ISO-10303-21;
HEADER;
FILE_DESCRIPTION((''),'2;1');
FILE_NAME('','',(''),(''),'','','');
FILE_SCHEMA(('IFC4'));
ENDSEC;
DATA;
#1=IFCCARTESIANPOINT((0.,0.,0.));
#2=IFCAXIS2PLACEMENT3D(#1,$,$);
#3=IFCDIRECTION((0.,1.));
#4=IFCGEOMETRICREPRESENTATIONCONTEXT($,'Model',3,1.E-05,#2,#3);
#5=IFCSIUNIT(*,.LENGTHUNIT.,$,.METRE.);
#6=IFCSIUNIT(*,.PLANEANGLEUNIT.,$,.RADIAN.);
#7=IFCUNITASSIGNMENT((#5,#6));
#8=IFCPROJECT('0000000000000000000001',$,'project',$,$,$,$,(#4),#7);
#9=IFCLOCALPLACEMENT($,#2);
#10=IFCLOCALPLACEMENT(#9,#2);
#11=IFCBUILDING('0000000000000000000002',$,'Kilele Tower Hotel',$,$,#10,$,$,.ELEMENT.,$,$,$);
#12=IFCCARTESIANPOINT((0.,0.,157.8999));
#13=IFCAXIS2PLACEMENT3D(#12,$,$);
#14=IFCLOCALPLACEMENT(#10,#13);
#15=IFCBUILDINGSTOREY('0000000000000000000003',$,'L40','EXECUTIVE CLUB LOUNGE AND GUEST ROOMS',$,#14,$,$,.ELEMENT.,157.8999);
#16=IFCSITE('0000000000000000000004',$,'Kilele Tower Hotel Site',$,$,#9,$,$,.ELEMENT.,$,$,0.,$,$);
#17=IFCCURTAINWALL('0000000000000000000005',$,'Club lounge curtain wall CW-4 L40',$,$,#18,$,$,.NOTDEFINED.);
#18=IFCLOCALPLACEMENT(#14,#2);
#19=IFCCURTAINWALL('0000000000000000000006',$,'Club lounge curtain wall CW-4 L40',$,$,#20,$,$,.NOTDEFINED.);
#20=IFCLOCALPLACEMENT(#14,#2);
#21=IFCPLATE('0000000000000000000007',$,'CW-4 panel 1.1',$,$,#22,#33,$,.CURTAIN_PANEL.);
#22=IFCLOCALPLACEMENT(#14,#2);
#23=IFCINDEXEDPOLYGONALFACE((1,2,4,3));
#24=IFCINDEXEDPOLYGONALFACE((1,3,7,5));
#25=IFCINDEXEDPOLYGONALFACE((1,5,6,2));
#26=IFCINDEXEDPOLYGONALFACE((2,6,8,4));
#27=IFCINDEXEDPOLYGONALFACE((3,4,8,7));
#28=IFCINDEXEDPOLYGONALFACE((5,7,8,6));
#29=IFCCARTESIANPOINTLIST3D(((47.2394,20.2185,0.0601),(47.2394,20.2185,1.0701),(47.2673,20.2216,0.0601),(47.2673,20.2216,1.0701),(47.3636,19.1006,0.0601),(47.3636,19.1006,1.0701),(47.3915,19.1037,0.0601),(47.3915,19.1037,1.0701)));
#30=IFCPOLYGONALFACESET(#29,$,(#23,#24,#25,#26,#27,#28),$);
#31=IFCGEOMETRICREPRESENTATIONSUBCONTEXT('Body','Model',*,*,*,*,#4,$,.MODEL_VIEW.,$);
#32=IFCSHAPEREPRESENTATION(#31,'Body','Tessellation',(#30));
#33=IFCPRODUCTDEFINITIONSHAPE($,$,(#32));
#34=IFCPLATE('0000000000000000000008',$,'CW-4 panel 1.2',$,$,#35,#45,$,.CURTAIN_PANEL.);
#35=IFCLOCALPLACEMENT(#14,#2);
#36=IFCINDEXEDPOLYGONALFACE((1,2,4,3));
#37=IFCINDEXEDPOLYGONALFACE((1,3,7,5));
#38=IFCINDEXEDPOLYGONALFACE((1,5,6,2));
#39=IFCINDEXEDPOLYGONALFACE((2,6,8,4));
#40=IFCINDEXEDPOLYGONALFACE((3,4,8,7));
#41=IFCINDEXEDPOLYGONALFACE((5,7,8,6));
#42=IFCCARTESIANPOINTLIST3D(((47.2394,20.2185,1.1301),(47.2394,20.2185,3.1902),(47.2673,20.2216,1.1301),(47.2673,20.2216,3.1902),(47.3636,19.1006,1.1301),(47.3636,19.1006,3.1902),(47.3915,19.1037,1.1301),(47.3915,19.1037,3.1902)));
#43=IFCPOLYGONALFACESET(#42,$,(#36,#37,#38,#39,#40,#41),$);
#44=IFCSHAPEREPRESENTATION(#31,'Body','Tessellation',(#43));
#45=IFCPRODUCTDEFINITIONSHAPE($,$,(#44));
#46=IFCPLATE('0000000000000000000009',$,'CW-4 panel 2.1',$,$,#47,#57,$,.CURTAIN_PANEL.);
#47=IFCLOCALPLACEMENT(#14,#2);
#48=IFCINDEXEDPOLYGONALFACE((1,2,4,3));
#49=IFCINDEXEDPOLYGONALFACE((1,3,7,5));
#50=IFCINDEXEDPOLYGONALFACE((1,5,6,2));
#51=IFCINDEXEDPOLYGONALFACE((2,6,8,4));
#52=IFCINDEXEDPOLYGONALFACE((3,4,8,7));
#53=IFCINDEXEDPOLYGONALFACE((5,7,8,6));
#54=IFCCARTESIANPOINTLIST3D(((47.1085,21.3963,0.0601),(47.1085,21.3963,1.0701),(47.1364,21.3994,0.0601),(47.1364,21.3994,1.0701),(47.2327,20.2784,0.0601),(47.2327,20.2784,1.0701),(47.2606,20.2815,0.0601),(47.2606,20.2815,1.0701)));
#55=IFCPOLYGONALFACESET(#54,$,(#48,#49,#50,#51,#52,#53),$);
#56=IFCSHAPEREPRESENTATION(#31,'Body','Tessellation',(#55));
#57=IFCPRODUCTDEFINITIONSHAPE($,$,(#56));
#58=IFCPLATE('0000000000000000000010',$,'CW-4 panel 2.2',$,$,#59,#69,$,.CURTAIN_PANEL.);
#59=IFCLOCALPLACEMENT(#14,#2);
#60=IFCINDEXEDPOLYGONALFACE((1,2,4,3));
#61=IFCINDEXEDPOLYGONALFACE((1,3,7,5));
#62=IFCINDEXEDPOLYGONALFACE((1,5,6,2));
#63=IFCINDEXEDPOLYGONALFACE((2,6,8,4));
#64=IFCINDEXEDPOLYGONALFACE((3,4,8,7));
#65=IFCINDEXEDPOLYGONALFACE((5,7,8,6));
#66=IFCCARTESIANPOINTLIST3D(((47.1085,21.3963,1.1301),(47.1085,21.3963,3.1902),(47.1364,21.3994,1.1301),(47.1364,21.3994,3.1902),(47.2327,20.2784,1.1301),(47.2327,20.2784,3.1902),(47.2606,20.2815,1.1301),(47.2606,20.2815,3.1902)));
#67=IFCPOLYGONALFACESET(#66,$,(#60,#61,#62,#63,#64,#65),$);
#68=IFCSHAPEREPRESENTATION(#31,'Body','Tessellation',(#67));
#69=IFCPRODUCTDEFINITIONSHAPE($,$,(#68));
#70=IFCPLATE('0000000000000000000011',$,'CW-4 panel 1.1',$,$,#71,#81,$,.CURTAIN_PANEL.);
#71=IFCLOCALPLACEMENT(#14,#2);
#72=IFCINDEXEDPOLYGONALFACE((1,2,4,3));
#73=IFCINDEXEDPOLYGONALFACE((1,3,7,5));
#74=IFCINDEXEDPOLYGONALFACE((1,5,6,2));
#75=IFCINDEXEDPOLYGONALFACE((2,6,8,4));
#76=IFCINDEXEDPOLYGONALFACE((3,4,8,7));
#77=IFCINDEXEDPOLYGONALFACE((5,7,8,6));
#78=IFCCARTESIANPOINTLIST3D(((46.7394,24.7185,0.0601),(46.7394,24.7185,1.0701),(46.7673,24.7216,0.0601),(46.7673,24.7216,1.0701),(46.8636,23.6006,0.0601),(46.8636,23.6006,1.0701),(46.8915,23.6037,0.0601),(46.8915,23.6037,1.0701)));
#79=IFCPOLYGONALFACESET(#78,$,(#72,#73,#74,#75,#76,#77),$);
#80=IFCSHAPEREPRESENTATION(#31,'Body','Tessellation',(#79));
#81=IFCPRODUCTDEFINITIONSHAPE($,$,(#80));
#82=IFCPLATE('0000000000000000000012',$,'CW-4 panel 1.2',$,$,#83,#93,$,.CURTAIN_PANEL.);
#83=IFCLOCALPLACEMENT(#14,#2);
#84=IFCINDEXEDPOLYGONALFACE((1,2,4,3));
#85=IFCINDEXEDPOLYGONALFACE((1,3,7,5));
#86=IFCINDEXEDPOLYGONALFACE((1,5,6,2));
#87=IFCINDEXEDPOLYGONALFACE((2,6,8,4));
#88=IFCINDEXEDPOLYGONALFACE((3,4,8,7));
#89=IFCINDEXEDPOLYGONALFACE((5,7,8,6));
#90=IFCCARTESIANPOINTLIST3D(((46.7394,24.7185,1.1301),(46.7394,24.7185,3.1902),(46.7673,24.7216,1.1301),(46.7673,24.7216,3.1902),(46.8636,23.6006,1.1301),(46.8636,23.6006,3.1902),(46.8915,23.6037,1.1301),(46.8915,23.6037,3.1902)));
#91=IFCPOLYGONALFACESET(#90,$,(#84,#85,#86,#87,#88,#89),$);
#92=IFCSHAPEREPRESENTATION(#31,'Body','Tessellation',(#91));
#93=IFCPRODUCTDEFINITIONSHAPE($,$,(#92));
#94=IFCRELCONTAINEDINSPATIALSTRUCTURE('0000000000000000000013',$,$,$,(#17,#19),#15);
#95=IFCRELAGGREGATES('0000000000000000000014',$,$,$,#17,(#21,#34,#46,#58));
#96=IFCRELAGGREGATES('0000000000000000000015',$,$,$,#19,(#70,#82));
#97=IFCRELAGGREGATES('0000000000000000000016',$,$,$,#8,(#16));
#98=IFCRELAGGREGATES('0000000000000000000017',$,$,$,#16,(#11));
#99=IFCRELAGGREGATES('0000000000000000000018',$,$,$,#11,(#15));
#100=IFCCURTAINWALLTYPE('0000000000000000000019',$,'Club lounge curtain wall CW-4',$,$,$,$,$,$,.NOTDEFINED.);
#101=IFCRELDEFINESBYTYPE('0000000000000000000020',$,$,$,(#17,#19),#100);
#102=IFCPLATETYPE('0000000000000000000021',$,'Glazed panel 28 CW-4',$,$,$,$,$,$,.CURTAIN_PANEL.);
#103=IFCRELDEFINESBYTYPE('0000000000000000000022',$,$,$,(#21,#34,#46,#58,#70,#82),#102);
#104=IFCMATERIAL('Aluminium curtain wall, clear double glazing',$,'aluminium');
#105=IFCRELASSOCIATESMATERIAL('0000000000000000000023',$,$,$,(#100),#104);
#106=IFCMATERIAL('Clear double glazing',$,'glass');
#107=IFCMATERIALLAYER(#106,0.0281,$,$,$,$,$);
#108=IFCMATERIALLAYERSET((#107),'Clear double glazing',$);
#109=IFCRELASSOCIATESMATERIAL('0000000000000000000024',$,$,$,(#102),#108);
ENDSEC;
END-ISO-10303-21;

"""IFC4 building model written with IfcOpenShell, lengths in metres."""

from ifc_helpers import new_model, si_unit, direction, frame, origin, origin_2d, place, context, subcontext, project, spatial, rectangle, extrude, material, layer, layer_set, type_object, element, aggregate, save


model = new_model("IFC4")

# Units and contexts
model_context = context("Model", 3, precision=1e-05, world=origin(), true_north=direction((0.0, 1.0)))
body_context = subcontext(model_context, "Body", "Model", "MODEL_VIEW")
ifc_project = project(units=[si_unit("LENGTHUNIT", "METRE"), si_unit("PLANEANGLEUNIT", "RADIAN")], contexts=[model_context])

# Site, building, storey
site_placement = place(None, origin())
site = spatial("IfcSite", under=ifc_project, at=site_placement, Name="Kilele Tower Hotel Site", CompositionType="ELEMENT", RefElevation=0.0)
building_placement = place(site_placement, origin())
building = spatial("IfcBuilding", under=site, at=building_placement, Name="Kilele Tower Hotel", CompositionType="ELEMENT")
storey_placement = place(building_placement, frame((0.0, 0.0, 157.8999)))
storey = spatial("IfcBuildingStorey", under=building, at=storey_placement, Name="L40", Description="EXECUTIVE CLUB LOUNGE AND GUEST ROOMS", CompositionType="ELEMENT", Elevation=157.8999)

# Curtain walls
ifc_material_1 = material(Name="Aluminium curtain wall, clear double glazing", Category="aluminium")
curtain_wall_type = type_object("IfcCurtainWallType", Name="Club lounge curtain wall CW-4", PredefinedType="NOTDEFINED", material=ifc_material_1)
curtain_wall_1_placement = place(storey_placement, origin())
curtain_wall_1 = element("IfcCurtainWall", 1, at=curtain_wall_1_placement, inside=storey, type_object=curtain_wall_type, Name="Club lounge curtain wall CW-4 L40", PredefinedType="NOTDEFINED")
curtain_wall_2_placement = place(storey_placement, origin())
curtain_wall_2 = element("IfcCurtainWall", 2, at=curtain_wall_2_placement, inside=storey, type_object=curtain_wall_type, Name="Club lounge curtain wall CW-4 L40", PredefinedType="NOTDEFINED")

# Plates
ifc_material_2 = material(Name="Clear double glazing", Category="glass")
ifc_layer = layer(ifc_material_2, 0.0281)
ifc_layer_set = layer_set([ifc_layer], Name="Clear double glazing")
plate_type = type_object("IfcPlateType", Name="Glazed panel 28 CW-4", PredefinedType="CURTAIN_PANEL", material=ifc_layer_set)
plate_1_placement = place(storey_placement, frame((47.3154, 19.6611, 0.0601), z_axis=(0.0, 0.0, 1.0), x_axis=(-0.110432, 0.993884, 0.0)))
plate_1 = element("IfcPlate", 3, at=plate_1_placement, type_object=plate_type, Name="CW-4 panel 1.1", PredefinedType="CURTAIN_PANEL", context=body_context, shape_type="SweptSolid", body=[
    extrude(rectangle(XDim=1.1248, YDim=0.0281, at=origin_2d()), origin(), (0.0, 0.0, 1.0), 1.01),
])
plate_2_placement = place(storey_placement, frame((47.3154, 19.6611, 1.1301), z_axis=(0.0, 0.0, 1.0), x_axis=(-0.110432, 0.993884, 0.0)))
plate_2 = element("IfcPlate", 4, at=plate_2_placement, type_object=plate_type, Name="CW-4 panel 1.2", PredefinedType="CURTAIN_PANEL", context=body_context, shape_type="SweptSolid", body=[
    extrude(rectangle(XDim=1.1248, YDim=0.0281, at=origin_2d()), origin(), (0.0, 0.0, 1.0), 2.0601),
])
plate_3_placement = place(storey_placement, frame((47.1846, 20.8389, 0.0601), z_axis=(0.0, 0.0, 1.0), x_axis=(-0.110432, 0.993884, 0.0)))
plate_3 = element("IfcPlate", 5, at=plate_3_placement, type_object=plate_type, Name="CW-4 panel 2.1", PredefinedType="CURTAIN_PANEL", context=body_context, shape_type="SweptSolid", body=[
    extrude(rectangle(XDim=1.1248, YDim=0.0281, at=origin_2d()), origin(), (0.0, 0.0, 1.0), 1.01),
])
plate_4_placement = place(storey_placement, frame((47.1846, 20.8389, 1.1301), z_axis=(0.0, 0.0, 1.0), x_axis=(-0.110432, 0.993884, 0.0)))
plate_4 = element("IfcPlate", 6, at=plate_4_placement, type_object=plate_type, Name="CW-4 panel 2.2", PredefinedType="CURTAIN_PANEL", context=body_context, shape_type="SweptSolid", body=[
    extrude(rectangle(XDim=1.1248, YDim=0.0281, at=origin_2d()), origin(), (0.0, 0.0, 1.0), 2.0601),
])
aggregate(curtain_wall_1, [plate_1, plate_2, plate_3, plate_4])
plate_5_placement = place(storey_placement, frame((46.8154, 24.1611, 0.0601), z_axis=(0.0, 0.0, 1.0), x_axis=(-0.110432, 0.993884, 0.0)))
plate_5 = element("IfcPlate", 7, at=plate_5_placement, type_object=plate_type, Name="CW-4 panel 1.1", PredefinedType="CURTAIN_PANEL", context=body_context, shape_type="SweptSolid", body=[
    extrude(rectangle(XDim=1.1248, YDim=0.0281, at=origin_2d()), origin(), (0.0, 0.0, 1.0), 1.01),
])
plate_6_placement = place(storey_placement, frame((46.8154, 24.1611, 1.1301), z_axis=(0.0, 0.0, 1.0), x_axis=(-0.110432, 0.993884, 0.0)))
plate_6 = element("IfcPlate", 8, at=plate_6_placement, type_object=plate_type, Name="CW-4 panel 1.2", PredefinedType="CURTAIN_PANEL", context=body_context, shape_type="SweptSolid", body=[
    extrude(rectangle(XDim=1.1248, YDim=0.0281, at=origin_2d()), origin(), (0.0, 0.0, 1.0), 2.0601),
])
aggregate(curtain_wall_2, [plate_5, plate_6])

save(model, "model.ifc")
